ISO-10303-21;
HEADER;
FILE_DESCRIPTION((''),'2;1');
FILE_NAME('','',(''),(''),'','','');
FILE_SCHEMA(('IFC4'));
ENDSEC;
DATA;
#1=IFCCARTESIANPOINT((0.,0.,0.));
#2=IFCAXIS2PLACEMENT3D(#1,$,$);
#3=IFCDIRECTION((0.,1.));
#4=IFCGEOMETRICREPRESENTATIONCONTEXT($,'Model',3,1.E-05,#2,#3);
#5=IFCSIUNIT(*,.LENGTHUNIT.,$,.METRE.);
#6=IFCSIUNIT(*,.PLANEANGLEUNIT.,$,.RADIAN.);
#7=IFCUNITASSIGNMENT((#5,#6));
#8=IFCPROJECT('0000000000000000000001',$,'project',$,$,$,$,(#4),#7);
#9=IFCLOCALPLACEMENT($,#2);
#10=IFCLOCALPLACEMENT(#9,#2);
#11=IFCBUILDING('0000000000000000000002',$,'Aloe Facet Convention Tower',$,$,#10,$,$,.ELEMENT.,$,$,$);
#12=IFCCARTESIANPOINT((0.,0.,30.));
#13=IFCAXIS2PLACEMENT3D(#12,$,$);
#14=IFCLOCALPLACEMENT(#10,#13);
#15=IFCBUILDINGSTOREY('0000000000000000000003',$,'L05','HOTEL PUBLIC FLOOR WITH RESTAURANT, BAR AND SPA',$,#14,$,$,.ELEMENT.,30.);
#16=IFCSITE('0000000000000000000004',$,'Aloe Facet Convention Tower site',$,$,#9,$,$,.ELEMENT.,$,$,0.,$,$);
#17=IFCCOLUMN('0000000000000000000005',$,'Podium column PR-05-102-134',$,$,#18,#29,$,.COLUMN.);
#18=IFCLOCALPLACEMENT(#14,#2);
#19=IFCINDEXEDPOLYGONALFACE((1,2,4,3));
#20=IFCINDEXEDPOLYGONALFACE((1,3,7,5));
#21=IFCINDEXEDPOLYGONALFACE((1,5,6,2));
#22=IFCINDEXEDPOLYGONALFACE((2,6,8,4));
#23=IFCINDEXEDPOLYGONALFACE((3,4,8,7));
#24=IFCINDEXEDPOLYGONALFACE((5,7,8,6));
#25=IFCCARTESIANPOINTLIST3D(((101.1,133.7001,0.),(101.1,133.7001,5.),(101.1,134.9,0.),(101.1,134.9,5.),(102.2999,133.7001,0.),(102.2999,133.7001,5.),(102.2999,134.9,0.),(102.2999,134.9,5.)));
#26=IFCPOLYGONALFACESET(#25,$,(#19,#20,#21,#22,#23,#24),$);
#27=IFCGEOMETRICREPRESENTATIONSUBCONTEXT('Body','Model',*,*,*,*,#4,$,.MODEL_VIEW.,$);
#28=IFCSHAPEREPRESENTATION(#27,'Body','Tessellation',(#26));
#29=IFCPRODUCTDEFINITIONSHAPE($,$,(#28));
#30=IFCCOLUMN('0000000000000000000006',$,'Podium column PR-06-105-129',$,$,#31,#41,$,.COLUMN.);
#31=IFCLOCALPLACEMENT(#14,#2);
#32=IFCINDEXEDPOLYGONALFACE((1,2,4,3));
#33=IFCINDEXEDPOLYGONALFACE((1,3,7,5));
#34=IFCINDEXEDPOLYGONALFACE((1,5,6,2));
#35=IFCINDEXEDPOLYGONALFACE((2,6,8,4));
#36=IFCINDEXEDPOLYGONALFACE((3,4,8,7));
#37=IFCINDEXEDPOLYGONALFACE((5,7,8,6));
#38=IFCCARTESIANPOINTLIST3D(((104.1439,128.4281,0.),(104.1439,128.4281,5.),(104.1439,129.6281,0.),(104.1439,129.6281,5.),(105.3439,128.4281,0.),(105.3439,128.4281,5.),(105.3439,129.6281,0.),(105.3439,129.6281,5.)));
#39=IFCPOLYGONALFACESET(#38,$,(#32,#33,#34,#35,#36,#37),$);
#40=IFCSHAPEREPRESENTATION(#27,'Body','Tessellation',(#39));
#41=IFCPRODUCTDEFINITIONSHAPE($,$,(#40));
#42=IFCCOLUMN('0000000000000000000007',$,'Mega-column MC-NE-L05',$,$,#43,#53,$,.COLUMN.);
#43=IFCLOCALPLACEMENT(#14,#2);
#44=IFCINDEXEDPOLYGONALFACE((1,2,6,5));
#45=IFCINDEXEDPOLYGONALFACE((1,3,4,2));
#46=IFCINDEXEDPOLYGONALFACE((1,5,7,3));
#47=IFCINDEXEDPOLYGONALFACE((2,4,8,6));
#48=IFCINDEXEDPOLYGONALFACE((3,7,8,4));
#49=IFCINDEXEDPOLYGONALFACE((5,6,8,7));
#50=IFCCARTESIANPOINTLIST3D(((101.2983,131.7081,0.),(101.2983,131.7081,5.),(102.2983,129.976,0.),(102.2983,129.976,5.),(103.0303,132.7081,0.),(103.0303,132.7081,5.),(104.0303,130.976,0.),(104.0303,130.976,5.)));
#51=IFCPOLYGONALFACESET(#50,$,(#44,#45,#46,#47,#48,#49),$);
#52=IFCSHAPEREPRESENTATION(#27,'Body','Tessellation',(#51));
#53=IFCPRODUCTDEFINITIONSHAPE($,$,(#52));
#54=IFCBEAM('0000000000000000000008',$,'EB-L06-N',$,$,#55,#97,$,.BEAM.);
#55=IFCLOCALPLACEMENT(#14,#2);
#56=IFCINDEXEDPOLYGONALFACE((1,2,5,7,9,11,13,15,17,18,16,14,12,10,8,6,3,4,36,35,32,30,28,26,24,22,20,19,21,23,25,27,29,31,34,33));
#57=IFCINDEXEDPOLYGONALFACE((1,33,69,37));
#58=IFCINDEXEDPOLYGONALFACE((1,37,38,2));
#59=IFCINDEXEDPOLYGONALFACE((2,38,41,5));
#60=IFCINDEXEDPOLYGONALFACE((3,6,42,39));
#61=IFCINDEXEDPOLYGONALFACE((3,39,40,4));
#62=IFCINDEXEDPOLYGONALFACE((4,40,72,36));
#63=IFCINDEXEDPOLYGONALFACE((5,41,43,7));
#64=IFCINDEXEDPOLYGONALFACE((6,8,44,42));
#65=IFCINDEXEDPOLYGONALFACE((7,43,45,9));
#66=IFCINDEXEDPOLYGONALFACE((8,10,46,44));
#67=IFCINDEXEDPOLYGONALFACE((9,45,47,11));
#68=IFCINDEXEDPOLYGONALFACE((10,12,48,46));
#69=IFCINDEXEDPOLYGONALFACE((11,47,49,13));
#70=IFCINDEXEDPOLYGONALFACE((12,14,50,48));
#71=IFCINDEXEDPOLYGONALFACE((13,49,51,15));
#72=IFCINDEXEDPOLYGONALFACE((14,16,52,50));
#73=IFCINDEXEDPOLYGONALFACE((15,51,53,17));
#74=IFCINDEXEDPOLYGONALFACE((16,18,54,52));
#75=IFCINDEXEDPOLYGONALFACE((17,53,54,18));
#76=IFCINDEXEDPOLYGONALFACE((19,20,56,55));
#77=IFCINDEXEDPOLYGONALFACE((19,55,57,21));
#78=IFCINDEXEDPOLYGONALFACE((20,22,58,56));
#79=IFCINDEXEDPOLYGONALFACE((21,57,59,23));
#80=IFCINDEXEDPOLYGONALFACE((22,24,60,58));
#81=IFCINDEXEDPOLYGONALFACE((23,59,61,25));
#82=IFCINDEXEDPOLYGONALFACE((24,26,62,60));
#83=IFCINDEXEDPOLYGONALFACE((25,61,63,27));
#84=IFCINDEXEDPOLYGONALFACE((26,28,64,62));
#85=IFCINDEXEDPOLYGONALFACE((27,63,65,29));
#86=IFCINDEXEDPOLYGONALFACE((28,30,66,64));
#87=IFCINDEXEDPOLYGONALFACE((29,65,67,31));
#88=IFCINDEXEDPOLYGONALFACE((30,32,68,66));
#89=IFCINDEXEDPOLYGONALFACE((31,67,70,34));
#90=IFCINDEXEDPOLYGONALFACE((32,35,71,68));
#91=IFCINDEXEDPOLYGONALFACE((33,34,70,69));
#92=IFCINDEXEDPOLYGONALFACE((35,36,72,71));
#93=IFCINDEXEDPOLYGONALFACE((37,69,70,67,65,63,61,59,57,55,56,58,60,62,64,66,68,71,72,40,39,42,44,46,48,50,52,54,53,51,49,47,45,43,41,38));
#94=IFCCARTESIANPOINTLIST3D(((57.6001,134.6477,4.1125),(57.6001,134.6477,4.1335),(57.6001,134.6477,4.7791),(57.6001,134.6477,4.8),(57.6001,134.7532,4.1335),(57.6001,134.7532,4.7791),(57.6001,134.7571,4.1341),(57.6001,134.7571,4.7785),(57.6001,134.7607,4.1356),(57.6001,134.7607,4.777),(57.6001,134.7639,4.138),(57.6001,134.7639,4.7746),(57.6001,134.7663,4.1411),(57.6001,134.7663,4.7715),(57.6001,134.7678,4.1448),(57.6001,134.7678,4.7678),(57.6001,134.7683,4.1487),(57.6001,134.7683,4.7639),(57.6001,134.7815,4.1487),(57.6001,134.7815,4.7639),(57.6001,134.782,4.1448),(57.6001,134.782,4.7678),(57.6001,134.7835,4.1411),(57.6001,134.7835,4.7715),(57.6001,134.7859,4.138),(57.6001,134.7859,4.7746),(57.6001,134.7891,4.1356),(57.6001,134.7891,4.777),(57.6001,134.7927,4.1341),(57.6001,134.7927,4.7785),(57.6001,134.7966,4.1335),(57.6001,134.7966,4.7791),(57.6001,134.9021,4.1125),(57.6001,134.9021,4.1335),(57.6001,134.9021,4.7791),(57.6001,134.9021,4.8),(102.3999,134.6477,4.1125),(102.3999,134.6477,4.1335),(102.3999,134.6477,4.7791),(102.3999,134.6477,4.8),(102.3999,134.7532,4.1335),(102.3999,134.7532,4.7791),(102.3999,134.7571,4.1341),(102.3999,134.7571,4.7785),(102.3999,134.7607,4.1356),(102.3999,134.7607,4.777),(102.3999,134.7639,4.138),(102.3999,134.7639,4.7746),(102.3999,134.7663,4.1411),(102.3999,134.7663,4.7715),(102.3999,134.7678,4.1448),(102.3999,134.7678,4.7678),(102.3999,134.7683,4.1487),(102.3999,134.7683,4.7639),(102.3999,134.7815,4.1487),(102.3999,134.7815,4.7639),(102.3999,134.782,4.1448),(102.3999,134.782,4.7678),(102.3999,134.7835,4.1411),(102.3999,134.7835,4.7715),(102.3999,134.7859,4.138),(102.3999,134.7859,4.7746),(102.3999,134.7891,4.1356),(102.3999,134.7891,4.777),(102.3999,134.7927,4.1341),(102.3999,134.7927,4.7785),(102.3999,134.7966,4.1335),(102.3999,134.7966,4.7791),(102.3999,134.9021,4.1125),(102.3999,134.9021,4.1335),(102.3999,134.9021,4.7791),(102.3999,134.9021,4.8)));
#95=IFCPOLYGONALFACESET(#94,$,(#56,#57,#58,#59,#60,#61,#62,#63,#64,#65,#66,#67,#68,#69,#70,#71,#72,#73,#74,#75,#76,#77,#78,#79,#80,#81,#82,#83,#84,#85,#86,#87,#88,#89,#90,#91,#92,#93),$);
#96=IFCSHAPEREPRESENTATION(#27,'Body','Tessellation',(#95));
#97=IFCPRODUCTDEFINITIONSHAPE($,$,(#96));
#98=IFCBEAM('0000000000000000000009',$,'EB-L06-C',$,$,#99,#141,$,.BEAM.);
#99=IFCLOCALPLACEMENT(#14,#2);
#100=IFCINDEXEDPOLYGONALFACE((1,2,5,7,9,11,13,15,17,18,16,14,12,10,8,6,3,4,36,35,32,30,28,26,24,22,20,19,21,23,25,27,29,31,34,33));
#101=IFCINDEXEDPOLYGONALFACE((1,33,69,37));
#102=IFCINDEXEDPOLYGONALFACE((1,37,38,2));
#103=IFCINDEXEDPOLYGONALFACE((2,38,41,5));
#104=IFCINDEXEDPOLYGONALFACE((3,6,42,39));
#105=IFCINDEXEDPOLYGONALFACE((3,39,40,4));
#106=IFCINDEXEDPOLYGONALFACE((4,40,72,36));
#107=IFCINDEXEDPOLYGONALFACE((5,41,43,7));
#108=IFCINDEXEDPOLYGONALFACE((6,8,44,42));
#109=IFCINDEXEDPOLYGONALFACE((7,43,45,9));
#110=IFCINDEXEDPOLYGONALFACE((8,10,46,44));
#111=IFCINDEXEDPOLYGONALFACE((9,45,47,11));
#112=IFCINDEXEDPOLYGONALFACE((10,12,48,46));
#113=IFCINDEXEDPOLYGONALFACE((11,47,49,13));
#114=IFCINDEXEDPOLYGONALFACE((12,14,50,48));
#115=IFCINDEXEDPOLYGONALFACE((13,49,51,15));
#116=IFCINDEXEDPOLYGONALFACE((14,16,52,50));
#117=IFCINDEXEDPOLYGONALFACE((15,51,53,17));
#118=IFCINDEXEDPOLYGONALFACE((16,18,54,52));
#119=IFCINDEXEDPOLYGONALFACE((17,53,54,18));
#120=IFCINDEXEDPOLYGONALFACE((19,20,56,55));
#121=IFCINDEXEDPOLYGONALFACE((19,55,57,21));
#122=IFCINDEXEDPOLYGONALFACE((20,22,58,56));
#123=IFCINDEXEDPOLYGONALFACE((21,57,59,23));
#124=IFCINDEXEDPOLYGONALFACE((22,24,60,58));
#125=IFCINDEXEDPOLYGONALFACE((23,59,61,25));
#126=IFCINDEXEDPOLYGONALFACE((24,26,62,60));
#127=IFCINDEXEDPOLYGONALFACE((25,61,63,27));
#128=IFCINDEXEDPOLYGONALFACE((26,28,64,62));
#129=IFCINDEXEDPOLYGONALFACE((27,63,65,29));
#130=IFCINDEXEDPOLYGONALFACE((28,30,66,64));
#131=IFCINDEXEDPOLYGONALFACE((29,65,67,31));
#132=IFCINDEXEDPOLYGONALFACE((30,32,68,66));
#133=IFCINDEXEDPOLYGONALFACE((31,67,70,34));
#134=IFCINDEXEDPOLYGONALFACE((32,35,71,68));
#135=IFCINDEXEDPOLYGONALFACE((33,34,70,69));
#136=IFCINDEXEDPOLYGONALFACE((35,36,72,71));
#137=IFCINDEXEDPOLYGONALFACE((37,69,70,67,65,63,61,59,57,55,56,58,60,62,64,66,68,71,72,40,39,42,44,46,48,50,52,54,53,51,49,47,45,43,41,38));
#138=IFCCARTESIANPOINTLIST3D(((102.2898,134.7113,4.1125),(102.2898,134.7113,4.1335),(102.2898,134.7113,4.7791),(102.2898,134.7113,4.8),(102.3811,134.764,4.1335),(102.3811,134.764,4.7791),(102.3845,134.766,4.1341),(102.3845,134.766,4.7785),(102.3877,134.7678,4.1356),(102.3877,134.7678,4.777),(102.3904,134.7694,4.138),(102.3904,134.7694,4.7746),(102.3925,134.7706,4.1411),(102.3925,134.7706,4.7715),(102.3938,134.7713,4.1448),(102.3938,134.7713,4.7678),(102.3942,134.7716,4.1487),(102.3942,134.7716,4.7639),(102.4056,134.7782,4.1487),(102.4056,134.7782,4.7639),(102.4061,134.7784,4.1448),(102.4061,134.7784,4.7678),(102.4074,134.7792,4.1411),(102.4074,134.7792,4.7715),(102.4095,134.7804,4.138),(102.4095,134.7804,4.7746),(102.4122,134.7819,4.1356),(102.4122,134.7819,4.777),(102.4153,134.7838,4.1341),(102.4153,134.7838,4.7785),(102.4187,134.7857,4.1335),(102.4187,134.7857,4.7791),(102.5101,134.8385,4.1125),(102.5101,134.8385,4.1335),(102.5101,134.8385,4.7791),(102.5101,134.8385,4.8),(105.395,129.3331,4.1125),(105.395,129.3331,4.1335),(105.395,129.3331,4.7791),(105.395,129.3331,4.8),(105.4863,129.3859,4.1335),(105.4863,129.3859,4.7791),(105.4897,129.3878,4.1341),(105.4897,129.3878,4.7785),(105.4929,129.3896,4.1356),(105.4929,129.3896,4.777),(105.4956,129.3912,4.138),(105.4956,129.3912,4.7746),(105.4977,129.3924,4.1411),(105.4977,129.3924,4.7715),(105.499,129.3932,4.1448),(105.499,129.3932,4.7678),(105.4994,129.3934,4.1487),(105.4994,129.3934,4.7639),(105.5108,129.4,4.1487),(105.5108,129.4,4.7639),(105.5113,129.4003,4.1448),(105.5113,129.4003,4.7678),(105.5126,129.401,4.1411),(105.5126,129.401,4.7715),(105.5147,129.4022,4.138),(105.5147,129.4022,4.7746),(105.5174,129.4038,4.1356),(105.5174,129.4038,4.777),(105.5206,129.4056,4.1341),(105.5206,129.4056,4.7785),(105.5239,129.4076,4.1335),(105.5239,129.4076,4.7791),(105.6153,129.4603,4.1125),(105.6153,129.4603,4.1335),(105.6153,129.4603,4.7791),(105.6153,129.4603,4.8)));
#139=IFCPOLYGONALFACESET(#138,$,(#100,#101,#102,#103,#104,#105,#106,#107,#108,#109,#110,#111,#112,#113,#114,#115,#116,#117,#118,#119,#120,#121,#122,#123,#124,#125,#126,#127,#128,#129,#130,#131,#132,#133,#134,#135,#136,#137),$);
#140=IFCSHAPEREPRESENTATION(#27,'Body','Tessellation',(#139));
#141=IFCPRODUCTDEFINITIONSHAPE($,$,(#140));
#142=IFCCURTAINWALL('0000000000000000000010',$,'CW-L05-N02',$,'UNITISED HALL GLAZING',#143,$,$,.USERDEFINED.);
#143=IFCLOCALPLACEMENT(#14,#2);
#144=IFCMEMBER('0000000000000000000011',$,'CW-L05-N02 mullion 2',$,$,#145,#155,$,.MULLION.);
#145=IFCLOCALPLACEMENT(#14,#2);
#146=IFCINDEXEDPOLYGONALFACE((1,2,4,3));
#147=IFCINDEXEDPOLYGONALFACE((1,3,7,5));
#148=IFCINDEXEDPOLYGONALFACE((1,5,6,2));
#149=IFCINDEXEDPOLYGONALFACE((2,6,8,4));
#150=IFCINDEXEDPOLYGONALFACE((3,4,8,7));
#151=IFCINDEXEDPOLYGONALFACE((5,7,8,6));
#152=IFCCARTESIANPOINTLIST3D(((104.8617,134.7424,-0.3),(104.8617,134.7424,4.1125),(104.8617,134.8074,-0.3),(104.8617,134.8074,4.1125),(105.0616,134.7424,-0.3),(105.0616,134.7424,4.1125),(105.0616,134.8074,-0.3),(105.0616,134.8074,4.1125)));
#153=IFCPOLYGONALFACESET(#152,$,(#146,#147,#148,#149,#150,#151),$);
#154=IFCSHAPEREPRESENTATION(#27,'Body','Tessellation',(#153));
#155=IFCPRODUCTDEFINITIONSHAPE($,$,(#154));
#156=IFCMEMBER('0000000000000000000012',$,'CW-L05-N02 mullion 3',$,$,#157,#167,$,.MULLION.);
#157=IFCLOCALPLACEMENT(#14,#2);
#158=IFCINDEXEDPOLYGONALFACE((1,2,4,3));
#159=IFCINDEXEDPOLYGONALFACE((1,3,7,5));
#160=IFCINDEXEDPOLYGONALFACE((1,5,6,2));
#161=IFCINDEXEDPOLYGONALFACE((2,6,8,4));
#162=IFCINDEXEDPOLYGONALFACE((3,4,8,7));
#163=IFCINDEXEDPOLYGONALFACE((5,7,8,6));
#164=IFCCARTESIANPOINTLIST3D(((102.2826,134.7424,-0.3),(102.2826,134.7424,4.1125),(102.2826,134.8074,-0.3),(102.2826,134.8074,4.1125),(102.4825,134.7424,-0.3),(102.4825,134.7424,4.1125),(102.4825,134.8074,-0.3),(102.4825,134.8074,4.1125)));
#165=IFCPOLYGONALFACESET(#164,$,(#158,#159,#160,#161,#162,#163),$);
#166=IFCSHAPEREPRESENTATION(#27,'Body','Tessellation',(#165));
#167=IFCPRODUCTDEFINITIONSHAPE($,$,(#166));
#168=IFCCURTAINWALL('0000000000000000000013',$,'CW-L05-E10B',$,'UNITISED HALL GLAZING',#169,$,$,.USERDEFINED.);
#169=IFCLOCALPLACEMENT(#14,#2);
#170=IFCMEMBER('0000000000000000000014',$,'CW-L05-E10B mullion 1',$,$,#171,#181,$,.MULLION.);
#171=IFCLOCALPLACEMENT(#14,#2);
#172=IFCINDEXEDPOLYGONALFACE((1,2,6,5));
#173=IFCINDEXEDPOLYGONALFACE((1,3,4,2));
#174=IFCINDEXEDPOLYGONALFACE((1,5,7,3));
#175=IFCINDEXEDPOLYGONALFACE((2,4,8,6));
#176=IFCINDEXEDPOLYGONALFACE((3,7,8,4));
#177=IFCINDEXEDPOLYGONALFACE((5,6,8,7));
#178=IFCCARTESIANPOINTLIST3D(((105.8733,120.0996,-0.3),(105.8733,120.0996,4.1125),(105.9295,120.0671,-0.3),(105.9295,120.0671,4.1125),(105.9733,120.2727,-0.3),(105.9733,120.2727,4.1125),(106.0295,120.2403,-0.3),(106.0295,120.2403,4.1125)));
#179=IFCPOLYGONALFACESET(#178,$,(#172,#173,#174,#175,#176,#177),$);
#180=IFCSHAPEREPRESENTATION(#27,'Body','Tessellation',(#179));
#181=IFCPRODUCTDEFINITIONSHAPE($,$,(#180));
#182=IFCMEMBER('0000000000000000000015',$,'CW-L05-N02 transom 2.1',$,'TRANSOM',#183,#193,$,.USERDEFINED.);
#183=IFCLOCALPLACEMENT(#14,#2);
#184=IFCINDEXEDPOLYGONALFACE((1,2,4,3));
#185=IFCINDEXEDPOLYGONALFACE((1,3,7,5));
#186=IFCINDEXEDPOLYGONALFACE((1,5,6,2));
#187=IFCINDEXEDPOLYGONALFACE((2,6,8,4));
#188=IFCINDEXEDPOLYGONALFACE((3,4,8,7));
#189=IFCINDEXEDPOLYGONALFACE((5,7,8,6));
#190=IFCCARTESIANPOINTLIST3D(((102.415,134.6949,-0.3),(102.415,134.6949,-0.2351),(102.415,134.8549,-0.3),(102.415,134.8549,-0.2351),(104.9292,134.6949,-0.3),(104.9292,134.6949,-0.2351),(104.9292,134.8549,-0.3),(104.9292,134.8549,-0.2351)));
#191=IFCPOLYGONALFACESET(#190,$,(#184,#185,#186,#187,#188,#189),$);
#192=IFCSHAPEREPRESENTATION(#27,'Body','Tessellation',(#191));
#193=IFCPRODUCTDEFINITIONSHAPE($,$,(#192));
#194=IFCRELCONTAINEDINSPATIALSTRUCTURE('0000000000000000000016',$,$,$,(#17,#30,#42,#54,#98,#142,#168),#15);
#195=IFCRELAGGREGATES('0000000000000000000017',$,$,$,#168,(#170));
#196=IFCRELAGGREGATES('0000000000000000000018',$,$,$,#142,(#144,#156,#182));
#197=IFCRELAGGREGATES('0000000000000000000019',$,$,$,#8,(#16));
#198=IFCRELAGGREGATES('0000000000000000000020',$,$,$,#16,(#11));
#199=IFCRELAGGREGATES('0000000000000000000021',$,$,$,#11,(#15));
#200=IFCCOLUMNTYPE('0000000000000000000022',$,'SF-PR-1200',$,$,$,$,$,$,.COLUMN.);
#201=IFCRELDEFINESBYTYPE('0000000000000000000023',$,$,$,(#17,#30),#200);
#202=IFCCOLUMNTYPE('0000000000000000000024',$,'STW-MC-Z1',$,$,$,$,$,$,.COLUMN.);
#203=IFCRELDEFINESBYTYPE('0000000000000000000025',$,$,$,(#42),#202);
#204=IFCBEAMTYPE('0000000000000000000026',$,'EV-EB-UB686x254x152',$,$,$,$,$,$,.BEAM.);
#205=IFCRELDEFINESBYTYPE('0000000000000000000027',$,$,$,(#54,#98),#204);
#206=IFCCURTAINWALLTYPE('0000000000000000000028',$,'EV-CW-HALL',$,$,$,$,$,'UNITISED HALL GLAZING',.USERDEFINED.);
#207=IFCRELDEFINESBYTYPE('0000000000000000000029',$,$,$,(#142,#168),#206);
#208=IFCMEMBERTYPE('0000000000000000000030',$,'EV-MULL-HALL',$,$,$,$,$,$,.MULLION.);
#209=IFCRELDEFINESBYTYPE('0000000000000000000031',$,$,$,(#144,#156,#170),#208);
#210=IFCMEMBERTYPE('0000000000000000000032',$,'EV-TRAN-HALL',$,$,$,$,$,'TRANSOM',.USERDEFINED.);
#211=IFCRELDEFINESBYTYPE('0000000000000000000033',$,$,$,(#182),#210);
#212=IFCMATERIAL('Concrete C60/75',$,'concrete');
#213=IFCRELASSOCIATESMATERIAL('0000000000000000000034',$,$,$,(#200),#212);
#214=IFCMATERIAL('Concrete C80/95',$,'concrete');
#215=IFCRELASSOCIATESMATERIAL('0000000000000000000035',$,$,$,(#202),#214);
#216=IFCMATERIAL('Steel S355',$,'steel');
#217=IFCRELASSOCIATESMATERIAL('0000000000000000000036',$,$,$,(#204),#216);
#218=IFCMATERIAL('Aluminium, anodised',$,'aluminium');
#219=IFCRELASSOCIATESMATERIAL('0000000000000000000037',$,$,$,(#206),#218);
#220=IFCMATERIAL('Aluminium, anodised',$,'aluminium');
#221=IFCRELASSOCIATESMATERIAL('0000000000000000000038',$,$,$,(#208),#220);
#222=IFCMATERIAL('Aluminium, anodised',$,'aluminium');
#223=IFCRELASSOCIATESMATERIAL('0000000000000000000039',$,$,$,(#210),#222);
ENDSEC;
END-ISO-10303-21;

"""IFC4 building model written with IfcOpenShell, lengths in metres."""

from ifc_helpers import new_model, si_unit, direction, frame, origin, origin_2d, place, context, subcontext, project, spatial, rectangle, i_section, extrude, material, material_profile, profile_set, type_object, element, aggregate, save


model = new_model("IFC4")

# Units and contexts
model_context = context("Model", 3, precision=1e-05, world=origin(), true_north=direction((0.0, 1.0)))
body_context = subcontext(model_context, "Body", "Model", "MODEL_VIEW")
ifc_project = project(units=[si_unit("LENGTHUNIT", "METRE"), si_unit("PLANEANGLEUNIT", "RADIAN")], contexts=[model_context])

# Site, building, storey
site_placement = place(None, origin())
site = spatial("IfcSite", under=ifc_project, at=site_placement, Name="Aloe Facet Convention Tower site", CompositionType="ELEMENT", RefElevation=0.0)
building_placement = place(site_placement, origin())
building = spatial("IfcBuilding", under=site, at=building_placement, Name="Aloe Facet Convention Tower", CompositionType="ELEMENT")
storey_placement = place(building_placement, frame((0.0, 0.0, 30.0)))
storey = spatial("IfcBuildingStorey", under=building, at=storey_placement, Name="L05", Description="HOTEL PUBLIC FLOOR WITH RESTAURANT, BAR AND SPA", CompositionType="ELEMENT", Elevation=30.0)

# Columns
ifc_material_1 = material(Name="Concrete C60/75", Category="concrete")
ifc_material_profile_1 = material_profile(ifc_material_1, rectangle(XDim=1.2, YDim=1.2, at=origin_2d()), Name="SF-PR-1200")
ifc_profile_set_1 = profile_set([ifc_material_profile_1], Name="Concrete C60/75")
column_type_1 = type_object("IfcColumnType", Name="SF-PR-1200", PredefinedType="COLUMN", material=ifc_profile_set_1)
for number, where, z_axis, x_axis, name in (
    (1, (101.7, 134.3, 0.0), (0.0, 0.0, 1.0), (1.0, 0.0, 0.0), "Podium column PR-05-102-134"),
    (2, (104.7439, 129.0281, 0.0), (0.0, 0.0, 1.0), (1.0, 0.0, 0.0), "Podium column PR-06-105-129"),
):
    element("IfcColumn", number, at=place(storey_placement, frame(where, z_axis=z_axis, x_axis=x_axis)), inside=storey, type_object=column_type_1, Name=name, PredefinedType="COLUMN", context=body_context, shape_type="SweptSolid", body=[
        extrude(rectangle(XDim=1.2, YDim=1.2, at=origin_2d()), origin(), (0.0, 0.0, 1.0), 5.0),
    ])
ifc_material_2 = material(Name="Concrete C80/95", Category="concrete")
ifc_material_profile_2 = material_profile(ifc_material_2, rectangle(XDim=2.0, YDim=2.0, at=origin_2d()), Name="STW-MC-Z1")
ifc_profile_set_2 = profile_set([ifc_material_profile_2], Name="Concrete C80/95")
column_type_2 = type_object("IfcColumnType", Name="STW-MC-Z1", PredefinedType="COLUMN", material=ifc_profile_set_2)
column_placement = place(storey_placement, frame((102.6643, 131.342, 0.0), z_axis=(0.0, 0.0, 1.0), x_axis=(-0.5, 0.866025, 0.0)))
element("IfcColumn", 3, at=column_placement, inside=storey, type_object=column_type_2, Name="Mega-column MC-NE-L05", PredefinedType="COLUMN", context=body_context, shape_type="SweptSolid", body=[
    extrude(rectangle(XDim=2.0, YDim=2.0, at=origin_2d()), origin(), (0.0, 0.0, 1.0), 5.0),
])

# Beams
ifc_material_3 = material(Name="Steel S355", Category="steel")
ifc_material_profile_3 = material_profile(ifc_material_3, i_section(OverallWidth=0.2544, OverallDepth=0.6875, WebThickness=0.0132, FlangeThickness=0.021, FilletRadius=0.0151, at=origin_2d()), Name="UB 686x254x152")
ifc_profile_set_3 = profile_set([ifc_material_profile_3], Name="Steel S355")
beam_type_1 = type_object("IfcBeamType", Name="EV-EB-UB686x254x152", PredefinedType="BEAM", material=ifc_profile_set_3)
beam_1_placement = place(storey_placement, frame((102.3999, 134.7749, 4.4563), z_axis=(-1.0, 0.0, 0.0), x_axis=(0.0, -1.0, 0.0)))
element("IfcBeam", 4, at=beam_1_placement, inside=storey, type_object=beam_type_1, Name="EB-L06-N", PredefinedType="BEAM", context=body_context, shape_type="SweptSolid", body=[
    extrude(i_section(OverallWidth=0.2544, OverallDepth=0.6875, WebThickness=0.0132, FlangeThickness=0.021, FilletRadius=0.0151, at=origin_2d()), origin(), (0.0, 0.0, 1.0), 44.7998),
])
beam_2_placement = place(storey_placement, frame((105.5051, 129.3967, 4.4563), z_axis=(-0.500016, 0.866016, 0.0), x_axis=(-0.866016, -0.500016, 0.0)))
element("IfcBeam", 5, at=beam_2_placement, inside=storey, type_object=beam_type_1, Name="EB-L06-C", PredefinedType="BEAM", context=body_context, shape_type="SweptSolid", body=[
    extrude(i_section(OverallWidth=0.2544, OverallDepth=0.6875, WebThickness=0.0132, FlangeThickness=0.021, FilletRadius=0.0151, at=origin_2d()), origin(), (0.0, 0.0, 1.0), 6.2102),
])

# Curtain wall, members
ifc_material_4 = material(Name="Aluminium, anodised", Category="aluminium")
curtain_wall_type = type_object("IfcCurtainWallType", Name="EV-CW-HALL", ElementType="UNITISED HALL GLAZING", PredefinedType="USERDEFINED", material=ifc_material_4)
curtain_wall_1_placement = place(storey_placement, origin())
curtain_wall_1 = element("IfcCurtainWall", 6, at=curtain_wall_1_placement, inside=storey, type_object=curtain_wall_type, Name="CW-L05-N02", ObjectType="UNITISED HALL GLAZING", PredefinedType="USERDEFINED")
ifc_material_5 = material(Name="Aluminium, anodised", Category="aluminium")
ifc_material_profile_4 = material_profile(ifc_material_5, rectangle(XDim=0.0649, YDim=0.2, at=origin_2d()), Name="AL 65x200")
ifc_profile_set_4 = profile_set([ifc_material_profile_4], Name="Aluminium, anodised")
member_type_1 = type_object("IfcMemberType", Name="EV-MULL-HALL", PredefinedType="MULLION", material=ifc_profile_set_4)
member_1_placement = place(storey_placement, frame((104.9617, 134.7749, -0.3), z_axis=(0.0, 0.0, 1.0), x_axis=(0.0, -1.0, 0.0)))
member_1 = element("IfcMember", 7, at=member_1_placement, type_object=member_type_1, Name="CW-L05-N02 mullion 2", PredefinedType="MULLION", context=body_context, shape_type="SweptSolid", body=[
    extrude(rectangle(XDim=0.0649, YDim=0.2, at=origin_2d()), origin(), (0.0, 0.0, 1.0), 4.4126),
])
member_2_placement = place(storey_placement, frame((102.3826, 134.7749, -0.3), z_axis=(0.0, 0.0, 1.0), x_axis=(0.0, -1.0, 0.0)))
member_2 = element("IfcMember", 8, at=member_2_placement, type_object=member_type_1, Name="CW-L05-N02 mullion 3", PredefinedType="MULLION", context=body_context, shape_type="SweptSolid", body=[
    extrude(rectangle(XDim=0.0649, YDim=0.2, at=origin_2d()), origin(), (0.0, 0.0, 1.0), 4.4126),
])

# Curtain wall, member
curtain_wall_2_placement = place(storey_placement, origin())
curtain_wall_2 = element("IfcCurtainWall", 9, at=curtain_wall_2_placement, inside=storey, type_object=curtain_wall_type, Name="CW-L05-E10B", ObjectType="UNITISED HALL GLAZING", PredefinedType="USERDEFINED")
member_3_placement = place(storey_placement, frame((105.9514, 120.1699, -0.3), z_axis=(0.0, 0.0, 1.0), x_axis=(-0.866025, 0.5, 0.0)))
member_3 = element("IfcMember", 10, at=member_3_placement, type_object=member_type_1, Name="CW-L05-E10B mullion 1", PredefinedType="MULLION", context=body_context, shape_type="SweptSolid", body=[
    extrude(rectangle(XDim=0.0649, YDim=0.2, at=origin_2d()), origin(), (0.0, 0.0, 1.0), 4.4126),
])

# Member
ifc_material_6 = material(Name="Aluminium, anodised", Category="aluminium")
ifc_material_profile_5 = material_profile(ifc_material_6, rectangle(XDim=0.1599, YDim=0.0649, at=origin_2d()), Name="AL 160x65")
ifc_profile_set_5 = profile_set([ifc_material_profile_5], Name="Aluminium, anodised")
member_type_2 = type_object("IfcMemberType", Name="EV-TRAN-HALL", ElementType="TRANSOM", PredefinedType="USERDEFINED", material=ifc_profile_set_5)
member_4_placement = place(storey_placement, frame((104.9292, 134.7749, -0.2676), z_axis=(-1.0, 0.0, 0.0), x_axis=(0.0, -1.0, 0.0)))
member_4 = element("IfcMember", 11, at=member_4_placement, type_object=member_type_2, Name="CW-L05-N02 transom 2.1", ObjectType="TRANSOM", PredefinedType="USERDEFINED", context=body_context, shape_type="SweptSolid", body=[
    extrude(rectangle(XDim=0.1599, YDim=0.0649, at=origin_2d()), origin(), (0.0, 0.0, 1.0), 2.5142),
])
aggregate(curtain_wall_2, [member_3])

aggregate(curtain_wall_1, [member_1, member_2, member_4])

save(model, "model.ifc")
